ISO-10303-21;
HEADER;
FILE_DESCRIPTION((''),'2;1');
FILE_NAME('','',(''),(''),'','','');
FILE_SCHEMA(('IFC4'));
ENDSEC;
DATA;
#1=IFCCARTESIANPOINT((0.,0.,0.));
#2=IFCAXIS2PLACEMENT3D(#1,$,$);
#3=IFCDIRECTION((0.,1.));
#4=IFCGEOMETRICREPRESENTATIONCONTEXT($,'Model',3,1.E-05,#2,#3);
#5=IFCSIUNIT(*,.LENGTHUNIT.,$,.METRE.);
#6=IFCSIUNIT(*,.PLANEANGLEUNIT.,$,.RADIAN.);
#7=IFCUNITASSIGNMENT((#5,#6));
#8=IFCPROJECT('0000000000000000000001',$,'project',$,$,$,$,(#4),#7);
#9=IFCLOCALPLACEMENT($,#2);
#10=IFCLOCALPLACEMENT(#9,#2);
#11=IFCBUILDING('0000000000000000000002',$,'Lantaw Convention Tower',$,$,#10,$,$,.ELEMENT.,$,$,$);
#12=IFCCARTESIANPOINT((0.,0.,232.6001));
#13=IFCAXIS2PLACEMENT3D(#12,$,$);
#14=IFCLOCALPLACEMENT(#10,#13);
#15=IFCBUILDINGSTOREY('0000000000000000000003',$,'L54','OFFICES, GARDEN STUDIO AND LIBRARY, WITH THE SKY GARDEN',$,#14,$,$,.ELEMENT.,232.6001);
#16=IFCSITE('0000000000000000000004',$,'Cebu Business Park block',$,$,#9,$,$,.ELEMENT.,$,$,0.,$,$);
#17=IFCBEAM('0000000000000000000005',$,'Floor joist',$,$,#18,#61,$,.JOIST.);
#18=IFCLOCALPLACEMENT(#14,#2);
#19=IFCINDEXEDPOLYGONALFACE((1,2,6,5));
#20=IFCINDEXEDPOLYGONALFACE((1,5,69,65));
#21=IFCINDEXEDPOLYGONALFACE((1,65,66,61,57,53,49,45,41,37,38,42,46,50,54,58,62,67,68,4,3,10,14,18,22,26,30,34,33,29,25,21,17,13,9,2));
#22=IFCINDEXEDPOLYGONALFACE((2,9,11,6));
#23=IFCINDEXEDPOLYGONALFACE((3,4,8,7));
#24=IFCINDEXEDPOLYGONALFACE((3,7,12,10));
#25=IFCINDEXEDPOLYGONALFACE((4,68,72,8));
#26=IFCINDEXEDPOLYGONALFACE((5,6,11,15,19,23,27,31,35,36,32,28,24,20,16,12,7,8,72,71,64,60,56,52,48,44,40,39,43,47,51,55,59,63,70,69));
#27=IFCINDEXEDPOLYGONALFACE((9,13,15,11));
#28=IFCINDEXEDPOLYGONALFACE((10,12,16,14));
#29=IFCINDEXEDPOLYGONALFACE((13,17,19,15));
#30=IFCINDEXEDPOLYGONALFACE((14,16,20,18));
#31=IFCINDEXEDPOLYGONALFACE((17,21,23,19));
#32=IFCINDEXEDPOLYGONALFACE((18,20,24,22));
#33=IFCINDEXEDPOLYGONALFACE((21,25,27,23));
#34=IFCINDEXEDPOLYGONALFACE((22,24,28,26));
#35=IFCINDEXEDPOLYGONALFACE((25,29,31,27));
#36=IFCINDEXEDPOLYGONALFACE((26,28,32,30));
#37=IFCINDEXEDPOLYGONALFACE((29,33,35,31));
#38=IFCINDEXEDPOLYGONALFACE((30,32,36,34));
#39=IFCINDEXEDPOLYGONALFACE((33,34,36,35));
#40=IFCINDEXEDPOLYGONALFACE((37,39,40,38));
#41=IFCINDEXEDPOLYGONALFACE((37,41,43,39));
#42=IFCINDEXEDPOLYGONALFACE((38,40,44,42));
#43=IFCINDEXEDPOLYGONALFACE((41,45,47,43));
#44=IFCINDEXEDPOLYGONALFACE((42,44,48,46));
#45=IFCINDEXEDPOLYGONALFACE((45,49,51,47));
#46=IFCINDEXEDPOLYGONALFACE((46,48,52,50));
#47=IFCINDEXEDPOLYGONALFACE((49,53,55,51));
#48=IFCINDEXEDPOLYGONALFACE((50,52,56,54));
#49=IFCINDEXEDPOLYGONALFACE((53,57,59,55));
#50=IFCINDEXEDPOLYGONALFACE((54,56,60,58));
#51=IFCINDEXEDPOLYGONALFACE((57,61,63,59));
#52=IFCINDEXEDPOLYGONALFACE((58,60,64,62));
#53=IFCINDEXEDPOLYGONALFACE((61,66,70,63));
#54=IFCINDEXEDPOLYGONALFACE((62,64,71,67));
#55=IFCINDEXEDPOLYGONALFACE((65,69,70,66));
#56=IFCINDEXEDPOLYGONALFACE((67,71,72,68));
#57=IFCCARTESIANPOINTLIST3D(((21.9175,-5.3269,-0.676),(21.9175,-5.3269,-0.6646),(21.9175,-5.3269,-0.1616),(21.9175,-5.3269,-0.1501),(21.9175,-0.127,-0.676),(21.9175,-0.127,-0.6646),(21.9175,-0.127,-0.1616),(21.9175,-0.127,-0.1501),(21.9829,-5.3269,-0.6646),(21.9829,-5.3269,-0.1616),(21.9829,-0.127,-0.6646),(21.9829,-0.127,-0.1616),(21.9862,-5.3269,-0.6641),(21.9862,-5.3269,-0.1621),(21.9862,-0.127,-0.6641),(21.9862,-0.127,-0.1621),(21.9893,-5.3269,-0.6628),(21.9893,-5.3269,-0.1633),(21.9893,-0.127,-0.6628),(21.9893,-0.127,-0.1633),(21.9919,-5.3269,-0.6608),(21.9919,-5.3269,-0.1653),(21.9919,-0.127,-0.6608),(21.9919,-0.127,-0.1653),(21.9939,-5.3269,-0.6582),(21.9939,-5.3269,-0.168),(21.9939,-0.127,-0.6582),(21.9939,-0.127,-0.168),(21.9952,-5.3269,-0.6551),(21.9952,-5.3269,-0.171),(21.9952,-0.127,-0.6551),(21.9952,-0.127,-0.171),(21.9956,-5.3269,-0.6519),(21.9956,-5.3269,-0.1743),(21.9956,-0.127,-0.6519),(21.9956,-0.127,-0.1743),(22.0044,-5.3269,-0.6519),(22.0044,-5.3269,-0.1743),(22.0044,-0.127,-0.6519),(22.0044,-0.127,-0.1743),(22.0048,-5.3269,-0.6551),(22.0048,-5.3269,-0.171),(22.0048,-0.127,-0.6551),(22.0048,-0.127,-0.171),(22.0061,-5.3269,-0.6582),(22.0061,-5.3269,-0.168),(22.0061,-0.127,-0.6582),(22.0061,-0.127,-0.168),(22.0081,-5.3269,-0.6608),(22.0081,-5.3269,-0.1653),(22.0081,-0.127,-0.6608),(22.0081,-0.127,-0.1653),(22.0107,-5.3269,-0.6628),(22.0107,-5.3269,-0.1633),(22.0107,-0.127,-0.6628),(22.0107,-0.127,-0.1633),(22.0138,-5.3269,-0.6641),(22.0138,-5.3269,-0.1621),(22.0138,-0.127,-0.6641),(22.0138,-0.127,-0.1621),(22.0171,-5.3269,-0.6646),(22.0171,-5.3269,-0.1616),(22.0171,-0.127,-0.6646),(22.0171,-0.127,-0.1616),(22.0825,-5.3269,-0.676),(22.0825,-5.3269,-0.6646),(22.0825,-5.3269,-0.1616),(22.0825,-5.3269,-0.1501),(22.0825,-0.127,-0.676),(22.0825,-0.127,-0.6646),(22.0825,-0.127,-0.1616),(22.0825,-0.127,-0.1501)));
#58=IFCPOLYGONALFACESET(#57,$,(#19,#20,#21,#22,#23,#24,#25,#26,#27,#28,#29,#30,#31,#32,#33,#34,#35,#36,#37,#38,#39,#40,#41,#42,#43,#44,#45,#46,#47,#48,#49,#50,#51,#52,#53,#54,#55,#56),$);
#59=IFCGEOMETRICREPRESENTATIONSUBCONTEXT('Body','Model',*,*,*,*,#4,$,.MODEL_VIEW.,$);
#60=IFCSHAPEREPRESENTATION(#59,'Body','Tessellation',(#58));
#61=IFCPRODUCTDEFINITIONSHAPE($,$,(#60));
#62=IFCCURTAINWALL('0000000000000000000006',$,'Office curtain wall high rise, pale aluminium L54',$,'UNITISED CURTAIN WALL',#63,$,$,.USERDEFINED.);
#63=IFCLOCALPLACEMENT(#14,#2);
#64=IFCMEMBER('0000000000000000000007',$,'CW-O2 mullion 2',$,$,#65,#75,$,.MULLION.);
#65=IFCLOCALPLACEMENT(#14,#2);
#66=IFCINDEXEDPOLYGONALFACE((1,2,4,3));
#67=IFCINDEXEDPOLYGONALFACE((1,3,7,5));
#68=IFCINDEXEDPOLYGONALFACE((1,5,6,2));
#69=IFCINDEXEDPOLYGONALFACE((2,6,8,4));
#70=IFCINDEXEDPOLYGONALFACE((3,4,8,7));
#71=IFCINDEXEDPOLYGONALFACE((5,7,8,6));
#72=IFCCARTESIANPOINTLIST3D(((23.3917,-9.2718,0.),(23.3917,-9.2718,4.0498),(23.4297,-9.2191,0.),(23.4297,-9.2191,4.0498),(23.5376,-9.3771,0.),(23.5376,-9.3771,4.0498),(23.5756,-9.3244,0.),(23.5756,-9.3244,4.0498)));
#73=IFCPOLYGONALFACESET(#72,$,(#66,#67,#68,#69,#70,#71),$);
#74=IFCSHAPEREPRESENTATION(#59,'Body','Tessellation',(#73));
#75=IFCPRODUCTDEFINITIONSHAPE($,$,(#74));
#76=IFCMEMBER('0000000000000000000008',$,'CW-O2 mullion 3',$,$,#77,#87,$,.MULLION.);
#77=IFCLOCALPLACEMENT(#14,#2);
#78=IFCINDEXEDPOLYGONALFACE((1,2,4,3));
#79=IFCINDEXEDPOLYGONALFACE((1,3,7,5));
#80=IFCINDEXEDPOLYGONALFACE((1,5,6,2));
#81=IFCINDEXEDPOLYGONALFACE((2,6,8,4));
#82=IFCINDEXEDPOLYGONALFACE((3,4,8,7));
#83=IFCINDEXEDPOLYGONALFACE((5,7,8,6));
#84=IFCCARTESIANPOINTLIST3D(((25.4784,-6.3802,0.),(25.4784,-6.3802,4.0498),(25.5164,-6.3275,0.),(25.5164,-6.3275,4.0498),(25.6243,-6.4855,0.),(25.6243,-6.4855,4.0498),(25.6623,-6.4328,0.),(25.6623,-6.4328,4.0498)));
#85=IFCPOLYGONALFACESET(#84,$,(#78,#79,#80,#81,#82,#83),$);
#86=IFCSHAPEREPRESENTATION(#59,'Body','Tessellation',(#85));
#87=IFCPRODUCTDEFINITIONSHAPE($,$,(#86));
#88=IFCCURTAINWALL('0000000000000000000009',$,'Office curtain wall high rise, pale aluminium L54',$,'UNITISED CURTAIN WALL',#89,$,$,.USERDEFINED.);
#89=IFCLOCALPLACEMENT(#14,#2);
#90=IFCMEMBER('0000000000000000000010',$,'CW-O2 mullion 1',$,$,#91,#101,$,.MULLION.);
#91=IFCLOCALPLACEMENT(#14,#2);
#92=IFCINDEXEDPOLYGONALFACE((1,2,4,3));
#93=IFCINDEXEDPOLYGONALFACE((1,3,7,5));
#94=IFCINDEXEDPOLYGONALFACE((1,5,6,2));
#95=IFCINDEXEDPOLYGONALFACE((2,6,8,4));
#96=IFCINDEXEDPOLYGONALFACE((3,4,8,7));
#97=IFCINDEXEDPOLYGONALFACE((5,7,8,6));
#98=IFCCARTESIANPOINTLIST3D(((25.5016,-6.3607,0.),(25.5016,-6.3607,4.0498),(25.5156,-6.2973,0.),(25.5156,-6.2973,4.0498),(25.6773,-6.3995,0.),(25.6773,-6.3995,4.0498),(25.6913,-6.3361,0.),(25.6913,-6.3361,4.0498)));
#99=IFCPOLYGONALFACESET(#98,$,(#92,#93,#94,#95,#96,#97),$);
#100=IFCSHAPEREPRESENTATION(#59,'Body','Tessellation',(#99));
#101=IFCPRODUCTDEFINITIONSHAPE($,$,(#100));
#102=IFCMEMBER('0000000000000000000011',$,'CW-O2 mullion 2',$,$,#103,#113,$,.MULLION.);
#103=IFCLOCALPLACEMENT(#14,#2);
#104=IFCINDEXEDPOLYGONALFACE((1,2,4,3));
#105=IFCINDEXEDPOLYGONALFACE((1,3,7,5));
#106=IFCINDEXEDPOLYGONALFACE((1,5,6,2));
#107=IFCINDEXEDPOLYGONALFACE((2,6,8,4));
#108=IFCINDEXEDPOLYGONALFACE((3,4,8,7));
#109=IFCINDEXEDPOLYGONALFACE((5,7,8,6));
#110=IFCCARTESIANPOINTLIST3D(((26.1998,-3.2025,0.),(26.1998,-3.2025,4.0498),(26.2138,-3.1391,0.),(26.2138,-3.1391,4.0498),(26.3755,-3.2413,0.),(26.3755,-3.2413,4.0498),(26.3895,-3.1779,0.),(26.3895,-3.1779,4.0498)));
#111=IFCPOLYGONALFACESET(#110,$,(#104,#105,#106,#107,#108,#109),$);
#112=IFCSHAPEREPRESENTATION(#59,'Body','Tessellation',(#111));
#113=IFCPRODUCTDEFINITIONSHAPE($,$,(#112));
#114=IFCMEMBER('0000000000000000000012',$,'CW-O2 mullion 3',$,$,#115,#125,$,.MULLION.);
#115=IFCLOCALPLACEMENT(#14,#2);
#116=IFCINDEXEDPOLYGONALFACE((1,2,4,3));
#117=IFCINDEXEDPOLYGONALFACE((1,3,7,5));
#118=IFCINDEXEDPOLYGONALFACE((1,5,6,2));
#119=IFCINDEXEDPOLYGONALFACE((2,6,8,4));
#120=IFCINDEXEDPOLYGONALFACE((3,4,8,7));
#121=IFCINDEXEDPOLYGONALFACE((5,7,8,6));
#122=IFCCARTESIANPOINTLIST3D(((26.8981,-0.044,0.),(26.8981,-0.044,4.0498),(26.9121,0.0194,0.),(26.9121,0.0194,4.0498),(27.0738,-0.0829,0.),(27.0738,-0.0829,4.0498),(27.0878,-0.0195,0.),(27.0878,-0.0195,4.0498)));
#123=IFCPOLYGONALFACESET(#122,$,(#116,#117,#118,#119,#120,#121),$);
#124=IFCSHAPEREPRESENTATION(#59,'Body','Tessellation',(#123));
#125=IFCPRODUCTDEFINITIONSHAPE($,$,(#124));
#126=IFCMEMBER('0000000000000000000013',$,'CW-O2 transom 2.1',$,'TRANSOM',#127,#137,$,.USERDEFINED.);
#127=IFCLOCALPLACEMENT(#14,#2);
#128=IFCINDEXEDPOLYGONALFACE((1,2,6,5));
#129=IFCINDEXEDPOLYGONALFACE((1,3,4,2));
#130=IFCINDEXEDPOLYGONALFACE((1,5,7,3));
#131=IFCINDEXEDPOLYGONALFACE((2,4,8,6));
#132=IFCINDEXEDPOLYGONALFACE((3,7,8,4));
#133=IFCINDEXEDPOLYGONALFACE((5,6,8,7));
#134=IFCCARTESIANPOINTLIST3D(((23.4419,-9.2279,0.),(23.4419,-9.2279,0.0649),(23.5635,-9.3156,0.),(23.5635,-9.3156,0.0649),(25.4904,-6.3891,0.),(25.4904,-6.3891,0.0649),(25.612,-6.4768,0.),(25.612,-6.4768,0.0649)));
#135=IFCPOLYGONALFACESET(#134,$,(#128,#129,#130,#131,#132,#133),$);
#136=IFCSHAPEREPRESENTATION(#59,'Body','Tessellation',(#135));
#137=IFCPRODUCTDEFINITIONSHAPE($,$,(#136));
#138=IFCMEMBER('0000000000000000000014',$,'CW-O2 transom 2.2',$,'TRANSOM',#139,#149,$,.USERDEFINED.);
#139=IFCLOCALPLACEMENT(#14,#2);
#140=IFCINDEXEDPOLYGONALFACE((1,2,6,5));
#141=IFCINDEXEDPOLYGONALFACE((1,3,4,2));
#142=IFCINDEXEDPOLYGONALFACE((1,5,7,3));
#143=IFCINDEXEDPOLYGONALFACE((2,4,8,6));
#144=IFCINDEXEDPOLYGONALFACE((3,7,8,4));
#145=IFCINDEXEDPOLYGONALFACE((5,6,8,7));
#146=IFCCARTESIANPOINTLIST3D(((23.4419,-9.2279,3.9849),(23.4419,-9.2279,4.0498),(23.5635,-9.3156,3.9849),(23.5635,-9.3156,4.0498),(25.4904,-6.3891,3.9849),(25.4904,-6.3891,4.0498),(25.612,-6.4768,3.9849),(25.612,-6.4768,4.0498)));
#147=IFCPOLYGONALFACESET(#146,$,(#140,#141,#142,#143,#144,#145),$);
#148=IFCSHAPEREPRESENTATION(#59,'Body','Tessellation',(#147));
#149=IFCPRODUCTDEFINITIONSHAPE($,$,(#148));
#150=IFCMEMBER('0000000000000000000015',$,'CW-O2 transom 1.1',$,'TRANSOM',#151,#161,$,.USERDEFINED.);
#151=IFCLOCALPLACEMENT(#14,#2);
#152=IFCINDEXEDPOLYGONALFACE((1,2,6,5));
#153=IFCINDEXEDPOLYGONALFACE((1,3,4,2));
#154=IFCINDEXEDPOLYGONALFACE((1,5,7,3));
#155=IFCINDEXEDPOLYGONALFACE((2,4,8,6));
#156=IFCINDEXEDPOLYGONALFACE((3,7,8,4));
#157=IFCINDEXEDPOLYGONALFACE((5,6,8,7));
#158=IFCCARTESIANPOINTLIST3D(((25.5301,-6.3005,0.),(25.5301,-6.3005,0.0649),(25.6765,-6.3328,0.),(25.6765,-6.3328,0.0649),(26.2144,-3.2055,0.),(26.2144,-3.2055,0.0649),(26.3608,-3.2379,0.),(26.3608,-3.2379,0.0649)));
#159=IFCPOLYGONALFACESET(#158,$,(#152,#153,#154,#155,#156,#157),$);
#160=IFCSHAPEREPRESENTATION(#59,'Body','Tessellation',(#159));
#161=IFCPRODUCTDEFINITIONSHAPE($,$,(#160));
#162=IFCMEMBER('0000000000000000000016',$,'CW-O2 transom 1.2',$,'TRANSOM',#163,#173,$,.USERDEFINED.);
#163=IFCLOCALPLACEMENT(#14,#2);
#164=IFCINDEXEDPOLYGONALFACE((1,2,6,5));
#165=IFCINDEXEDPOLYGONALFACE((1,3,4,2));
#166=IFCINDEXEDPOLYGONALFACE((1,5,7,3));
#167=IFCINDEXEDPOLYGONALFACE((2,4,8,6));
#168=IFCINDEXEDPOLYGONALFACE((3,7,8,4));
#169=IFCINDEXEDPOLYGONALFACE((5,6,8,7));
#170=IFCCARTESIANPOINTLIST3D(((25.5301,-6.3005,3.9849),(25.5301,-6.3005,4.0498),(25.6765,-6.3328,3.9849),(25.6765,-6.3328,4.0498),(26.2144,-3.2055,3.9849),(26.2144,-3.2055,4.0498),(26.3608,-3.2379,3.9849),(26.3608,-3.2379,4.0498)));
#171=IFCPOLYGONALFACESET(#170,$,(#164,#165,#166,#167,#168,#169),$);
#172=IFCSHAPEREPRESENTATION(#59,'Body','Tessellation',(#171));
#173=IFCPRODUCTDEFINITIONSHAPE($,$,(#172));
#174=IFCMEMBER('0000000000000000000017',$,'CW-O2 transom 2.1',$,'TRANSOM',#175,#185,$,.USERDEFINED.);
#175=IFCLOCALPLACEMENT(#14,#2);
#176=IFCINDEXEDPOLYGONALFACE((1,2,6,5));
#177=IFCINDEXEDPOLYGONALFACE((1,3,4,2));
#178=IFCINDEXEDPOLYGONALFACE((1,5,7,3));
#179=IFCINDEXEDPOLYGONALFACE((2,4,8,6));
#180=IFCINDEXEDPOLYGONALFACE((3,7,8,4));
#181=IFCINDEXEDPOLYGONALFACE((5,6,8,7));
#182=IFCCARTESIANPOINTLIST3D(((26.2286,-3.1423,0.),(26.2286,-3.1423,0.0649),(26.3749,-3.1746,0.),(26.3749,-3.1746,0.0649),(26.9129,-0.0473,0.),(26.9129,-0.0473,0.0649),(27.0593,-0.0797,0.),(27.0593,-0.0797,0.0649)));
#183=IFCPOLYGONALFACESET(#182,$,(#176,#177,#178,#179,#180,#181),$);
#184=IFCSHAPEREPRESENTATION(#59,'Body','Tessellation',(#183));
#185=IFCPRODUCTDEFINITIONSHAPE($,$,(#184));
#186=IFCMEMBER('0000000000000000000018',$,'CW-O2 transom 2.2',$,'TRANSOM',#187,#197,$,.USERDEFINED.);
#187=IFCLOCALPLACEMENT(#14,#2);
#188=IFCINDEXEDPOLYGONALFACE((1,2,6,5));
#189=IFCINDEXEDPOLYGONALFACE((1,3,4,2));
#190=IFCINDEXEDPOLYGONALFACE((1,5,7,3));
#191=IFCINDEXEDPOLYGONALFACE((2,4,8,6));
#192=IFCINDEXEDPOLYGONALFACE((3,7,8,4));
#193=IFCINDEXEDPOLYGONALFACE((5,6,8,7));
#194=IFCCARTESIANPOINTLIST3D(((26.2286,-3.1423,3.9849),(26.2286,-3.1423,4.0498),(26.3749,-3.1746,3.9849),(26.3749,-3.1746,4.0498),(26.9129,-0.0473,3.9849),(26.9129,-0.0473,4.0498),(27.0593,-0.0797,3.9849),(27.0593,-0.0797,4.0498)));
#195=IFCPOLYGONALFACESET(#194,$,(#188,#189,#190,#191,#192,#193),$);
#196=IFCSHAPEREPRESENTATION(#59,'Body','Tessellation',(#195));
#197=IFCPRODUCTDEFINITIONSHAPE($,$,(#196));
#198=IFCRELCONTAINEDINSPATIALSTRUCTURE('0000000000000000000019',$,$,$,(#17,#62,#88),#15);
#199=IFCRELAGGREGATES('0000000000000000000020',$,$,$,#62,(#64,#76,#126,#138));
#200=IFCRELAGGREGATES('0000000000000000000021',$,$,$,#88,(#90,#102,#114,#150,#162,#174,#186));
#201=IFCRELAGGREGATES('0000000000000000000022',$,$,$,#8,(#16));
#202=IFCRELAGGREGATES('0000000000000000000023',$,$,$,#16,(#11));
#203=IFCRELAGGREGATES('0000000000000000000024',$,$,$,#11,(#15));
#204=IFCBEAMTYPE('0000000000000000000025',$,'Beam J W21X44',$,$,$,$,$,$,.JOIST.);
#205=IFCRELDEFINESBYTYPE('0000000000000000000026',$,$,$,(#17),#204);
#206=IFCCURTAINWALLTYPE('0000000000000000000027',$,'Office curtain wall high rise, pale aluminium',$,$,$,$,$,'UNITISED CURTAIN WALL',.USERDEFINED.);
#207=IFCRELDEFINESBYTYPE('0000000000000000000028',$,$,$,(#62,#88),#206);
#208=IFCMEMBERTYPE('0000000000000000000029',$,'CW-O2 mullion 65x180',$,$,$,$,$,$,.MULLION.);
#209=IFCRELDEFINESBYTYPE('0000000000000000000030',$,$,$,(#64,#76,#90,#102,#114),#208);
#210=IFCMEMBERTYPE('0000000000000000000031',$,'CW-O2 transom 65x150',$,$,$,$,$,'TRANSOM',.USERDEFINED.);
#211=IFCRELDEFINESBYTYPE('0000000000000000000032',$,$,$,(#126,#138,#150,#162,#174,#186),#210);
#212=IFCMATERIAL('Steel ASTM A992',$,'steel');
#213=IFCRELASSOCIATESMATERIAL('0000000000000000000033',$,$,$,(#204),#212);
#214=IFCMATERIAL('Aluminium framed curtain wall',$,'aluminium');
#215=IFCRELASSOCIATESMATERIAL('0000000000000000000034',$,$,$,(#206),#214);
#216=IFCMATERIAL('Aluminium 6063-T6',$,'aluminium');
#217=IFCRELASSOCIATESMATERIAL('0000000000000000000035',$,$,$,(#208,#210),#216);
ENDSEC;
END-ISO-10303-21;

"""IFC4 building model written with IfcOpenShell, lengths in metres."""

from ifc_helpers import new_model, si_unit, direction, frame, origin, origin_2d, place, context, subcontext, project, spatial, rectangle, i_section, extrude, material, material_profile, profile_set, type_object, element, aggregate, save


model = new_model("IFC4")

# Units and contexts
model_context = context("Model", 3, precision=1e-05, world=origin(), true_north=direction((0.0, 1.0)))
body_context = subcontext(model_context, "Body", "Model", "MODEL_VIEW")
ifc_project = project(units=[si_unit("LENGTHUNIT", "METRE"), si_unit("PLANEANGLEUNIT", "RADIAN")], contexts=[model_context])

# Site, building, storey
site_placement = place(None, origin())
site = spatial("IfcSite", under=ifc_project, at=site_placement, Name="Cebu Business Park block", CompositionType="ELEMENT", RefElevation=0.0)
building_placement = place(site_placement, origin())
building = spatial("IfcBuilding", under=site, at=building_placement, Name="Lantaw Convention Tower", CompositionType="ELEMENT")
storey_placement = place(building_placement, frame((0.0, 0.0, 232.6001)))
storey = spatial("IfcBuildingStorey", under=building, at=storey_placement, Name="L54", Description="OFFICES, GARDEN STUDIO AND LIBRARY, WITH THE SKY GARDEN", CompositionType="ELEMENT", Elevation=232.6001)

# Beam
ifc_material_1 = material(Name="Steel ASTM A992", Category="steel")
ifc_material_profile_1 = material_profile(ifc_material_1, i_section(OverallWidth=0.165, OverallDepth=0.5259, WebThickness=0.0088, FlangeThickness=0.0115, FilletRadius=0.0127, at=origin_2d()), Name="W21X44")
ifc_profile_set_1 = profile_set([ifc_material_profile_1], Name="Steel ASTM A992")
beam_type_1 = type_object("IfcBeamType", Name="Beam J W21X44", PredefinedType="JOIST", material=ifc_profile_set_1)
beam_1_placement = place(storey_placement, frame((22.0, -5.3269, -0.4131), z_axis=(0.0, 1.0, 0.0), x_axis=(-1.0, 0.0, 0.0)))
element("IfcBeam", 1, at=beam_1_placement, inside=storey, type_object=beam_type_1, Name="Floor joist", PredefinedType="JOIST", context=body_context, shape_type="SweptSolid", body=[
    extrude(i_section(OverallWidth=0.165, OverallDepth=0.5259, WebThickness=0.0088, FlangeThickness=0.0115, FilletRadius=0.0127, at=origin_2d()), origin(), (0.0, 0.0, 1.0), 5.2),
])

# Curtain walls, members
ifc_material_2 = material(Name="Aluminium framed curtain wall", Category="aluminium")
curtain_wall_type = type_object("IfcCurtainWallType", Name="Office curtain wall high rise, pale aluminium", ElementType="UNITISED CURTAIN WALL", PredefinedType="USERDEFINED", material=ifc_material_2)
curtain_wall_1_placement = place(storey_placement, origin())
curtain_wall_1 = element("IfcCurtainWall", 2, at=curtain_wall_1_placement, inside=storey, type_object=curtain_wall_type, Name="Office curtain wall high rise, pale aluminium L54", ObjectType="UNITISED CURTAIN WALL", PredefinedType="USERDEFINED")
ifc_material_3 = material(Name="Aluminium 6063-T6", Category="aluminium")
ifc_material_profile_2 = material_profile(ifc_material_3, rectangle(XDim=0.1799, YDim=0.0649, at=origin_2d()), Name="CW-O2 mullion 65x180")
ifc_profile_set_2 = profile_set([ifc_material_profile_2], Name="Aluminium 6063-T6")
member_type_1 = type_object("IfcMemberType", Name="CW-O2 mullion 65x180", PredefinedType="MULLION", material=ifc_profile_set_2)
member_1_placement = place(storey_placement, frame((23.4836, -9.2981, 0.0), z_axis=(0.0, 0.0, 1.0), x_axis=(-0.81092, 0.585158, 0.0)))
member_1 = element("IfcMember", 3, at=member_1_placement, type_object=member_type_1, Name="CW-O2 mullion 2", PredefinedType="MULLION", context=body_context, shape_type="SweptSolid", body=[
    extrude(rectangle(XDim=0.1799, YDim=0.0649, at=origin_2d()), origin(), (0.0, 0.0, 1.0), 4.0498),
])
member_2_placement = place(storey_placement, frame((25.5703, -6.4065, 0.0), z_axis=(0.0, 0.0, 1.0), x_axis=(-0.81092, 0.585158, 0.0)))
member_2 = element("IfcMember", 4, at=member_2_placement, type_object=member_type_1, Name="CW-O2 mullion 3", PredefinedType="MULLION", context=body_context, shape_type="SweptSolid", body=[
    extrude(rectangle(XDim=0.1799, YDim=0.0649, at=origin_2d()), origin(), (0.0, 0.0, 1.0), 4.0498),
])
curtain_wall_2_placement = place(storey_placement, origin())
curtain_wall_2 = element("IfcCurtainWall", 5, at=curtain_wall_2_placement, inside=storey, type_object=curtain_wall_type, Name="Office curtain wall high rise, pale aluminium L54", ObjectType="UNITISED CURTAIN WALL", PredefinedType="USERDEFINED")
member_3_placement = place(storey_placement, frame((25.5964, -6.3484, 0.0), z_axis=(0.0, 0.0, 1.0), x_axis=(-0.976417, 0.215891, 0.0)))
member_3 = element("IfcMember", 6, at=member_3_placement, type_object=member_type_1, Name="CW-O2 mullion 1", PredefinedType="MULLION", context=body_context, shape_type="SweptSolid", body=[
    extrude(rectangle(XDim=0.1799, YDim=0.0649, at=origin_2d()), origin(), (0.0, 0.0, 1.0), 4.0498),
])
member_4_placement = place(storey_placement, frame((26.2947, -3.1902, 0.0), z_axis=(0.0, 0.0, 1.0), x_axis=(-0.976417, 0.215891, 0.0)))
member_4 = element("IfcMember", 7, at=member_4_placement, type_object=member_type_1, Name="CW-O2 mullion 2", PredefinedType="MULLION", context=body_context, shape_type="SweptSolid", body=[
    extrude(rectangle(XDim=0.1799, YDim=0.0649, at=origin_2d()), origin(), (0.0, 0.0, 1.0), 4.0498),
])
member_5_placement = place(storey_placement, frame((26.9929, -0.0317, 0.0), z_axis=(0.0, 0.0, 1.0), x_axis=(-0.976417, 0.215891, 0.0)))
member_5 = element("IfcMember", 8, at=member_5_placement, type_object=member_type_1, Name="CW-O2 mullion 3", PredefinedType="MULLION", context=body_context, shape_type="SweptSolid", body=[
    extrude(rectangle(XDim=0.1799, YDim=0.0649, at=origin_2d()), origin(), (0.0, 0.0, 1.0), 4.0498),
])

# Members
ifc_material_profile_3 = material_profile(ifc_material_3, rectangle(XDim=0.1499, YDim=0.0649, at=origin_2d()), Name="CW-O2 transom 65x150")
ifc_profile_set_3 = profile_set([ifc_material_profile_3], Name="Aluminium 6063-T6")
member_type_2 = type_object("IfcMemberType", Name="CW-O2 transom 65x150", ElementType="TRANSOM", PredefinedType="USERDEFINED", material=ifc_profile_set_3)
member_6_placement = place(storey_placement, frame((23.5027, -9.2717, 0.0325), z_axis=(0.58517, 0.810911, 0.0), x_axis=(-0.810911, 0.58517, 0.0)))
member_6 = element("IfcMember", 9, at=member_6_placement, type_object=member_type_2, Name="CW-O2 transom 2.1", ObjectType="TRANSOM", PredefinedType="USERDEFINED", context=body_context, shape_type="SweptSolid", body=[
    extrude(rectangle(XDim=0.1499, YDim=0.0649, at=origin_2d()), origin(), (0.0, 0.0, 1.0), 3.5007),
])
member_7_placement = place(storey_placement, frame((23.5027, -9.2717, 4.0173), z_axis=(0.58517, 0.810911, 0.0), x_axis=(-0.810911, 0.58517, 0.0)))
member_7 = element("IfcMember", 10, at=member_7_placement, type_object=member_type_2, Name="CW-O2 transom 2.2", ObjectType="TRANSOM", PredefinedType="USERDEFINED", context=body_context, shape_type="SweptSolid", body=[
    extrude(rectangle(XDim=0.1499, YDim=0.0649, at=origin_2d()), origin(), (0.0, 0.0, 1.0), 3.5007),
])
member_8_placement = place(storey_placement, frame((25.6033, -6.3167, 0.0325), z_axis=(0.215895, 0.976417, 0.0), x_axis=(-0.976417, 0.215895, 0.0)))
member_8 = element("IfcMember", 11, at=member_8_placement, type_object=member_type_2, Name="CW-O2 transom 1.1", ObjectType="TRANSOM", PredefinedType="USERDEFINED", context=body_context, shape_type="SweptSolid", body=[
    extrude(rectangle(XDim=0.1499, YDim=0.0649, at=origin_2d()), origin(), (0.0, 0.0, 1.0), 3.1697),
])
member_9_placement = place(storey_placement, frame((25.6033, -6.3167, 4.0173), z_axis=(0.215895, 0.976417, 0.0), x_axis=(-0.976417, 0.215895, 0.0)))
member_9 = element("IfcMember", 12, at=member_9_placement, type_object=member_type_2, Name="CW-O2 transom 1.2", ObjectType="TRANSOM", PredefinedType="USERDEFINED", context=body_context, shape_type="SweptSolid", body=[
    extrude(rectangle(XDim=0.1499, YDim=0.0649, at=origin_2d()), origin(), (0.0, 0.0, 1.0), 3.1697),
])
member_10_placement = place(storey_placement, frame((26.3018, -3.1584, 0.0325), z_axis=(0.215895, 0.976417, 0.0), x_axis=(-0.976417, 0.215895, 0.0)))
member_10 = element("IfcMember", 13, at=member_10_placement, type_object=member_type_2, Name="CW-O2 transom 2.1", ObjectType="TRANSOM", PredefinedType="USERDEFINED", context=body_context, shape_type="SweptSolid", body=[
    extrude(rectangle(XDim=0.1499, YDim=0.0649, at=origin_2d()), origin(), (0.0, 0.0, 1.0), 3.1697),
])
member_11_placement = place(storey_placement, frame((26.3018, -3.1584, 4.0173), z_axis=(0.215895, 0.976417, 0.0), x_axis=(-0.976417, 0.215895, 0.0)))
member_11 = element("IfcMember", 14, at=member_11_placement, type_object=member_type_2, Name="CW-O2 transom 2.2", ObjectType="TRANSOM", PredefinedType="USERDEFINED", context=body_context, shape_type="SweptSolid", body=[
    extrude(rectangle(XDim=0.1499, YDim=0.0649, at=origin_2d()), origin(), (0.0, 0.0, 1.0), 3.1697),
])

aggregate(curtain_wall_1, [member_1, member_2, member_6, member_7])
aggregate(curtain_wall_2, [member_3, member_4, member_5, member_8, member_9, member_10, member_11])

save(model, "model.ifc")
